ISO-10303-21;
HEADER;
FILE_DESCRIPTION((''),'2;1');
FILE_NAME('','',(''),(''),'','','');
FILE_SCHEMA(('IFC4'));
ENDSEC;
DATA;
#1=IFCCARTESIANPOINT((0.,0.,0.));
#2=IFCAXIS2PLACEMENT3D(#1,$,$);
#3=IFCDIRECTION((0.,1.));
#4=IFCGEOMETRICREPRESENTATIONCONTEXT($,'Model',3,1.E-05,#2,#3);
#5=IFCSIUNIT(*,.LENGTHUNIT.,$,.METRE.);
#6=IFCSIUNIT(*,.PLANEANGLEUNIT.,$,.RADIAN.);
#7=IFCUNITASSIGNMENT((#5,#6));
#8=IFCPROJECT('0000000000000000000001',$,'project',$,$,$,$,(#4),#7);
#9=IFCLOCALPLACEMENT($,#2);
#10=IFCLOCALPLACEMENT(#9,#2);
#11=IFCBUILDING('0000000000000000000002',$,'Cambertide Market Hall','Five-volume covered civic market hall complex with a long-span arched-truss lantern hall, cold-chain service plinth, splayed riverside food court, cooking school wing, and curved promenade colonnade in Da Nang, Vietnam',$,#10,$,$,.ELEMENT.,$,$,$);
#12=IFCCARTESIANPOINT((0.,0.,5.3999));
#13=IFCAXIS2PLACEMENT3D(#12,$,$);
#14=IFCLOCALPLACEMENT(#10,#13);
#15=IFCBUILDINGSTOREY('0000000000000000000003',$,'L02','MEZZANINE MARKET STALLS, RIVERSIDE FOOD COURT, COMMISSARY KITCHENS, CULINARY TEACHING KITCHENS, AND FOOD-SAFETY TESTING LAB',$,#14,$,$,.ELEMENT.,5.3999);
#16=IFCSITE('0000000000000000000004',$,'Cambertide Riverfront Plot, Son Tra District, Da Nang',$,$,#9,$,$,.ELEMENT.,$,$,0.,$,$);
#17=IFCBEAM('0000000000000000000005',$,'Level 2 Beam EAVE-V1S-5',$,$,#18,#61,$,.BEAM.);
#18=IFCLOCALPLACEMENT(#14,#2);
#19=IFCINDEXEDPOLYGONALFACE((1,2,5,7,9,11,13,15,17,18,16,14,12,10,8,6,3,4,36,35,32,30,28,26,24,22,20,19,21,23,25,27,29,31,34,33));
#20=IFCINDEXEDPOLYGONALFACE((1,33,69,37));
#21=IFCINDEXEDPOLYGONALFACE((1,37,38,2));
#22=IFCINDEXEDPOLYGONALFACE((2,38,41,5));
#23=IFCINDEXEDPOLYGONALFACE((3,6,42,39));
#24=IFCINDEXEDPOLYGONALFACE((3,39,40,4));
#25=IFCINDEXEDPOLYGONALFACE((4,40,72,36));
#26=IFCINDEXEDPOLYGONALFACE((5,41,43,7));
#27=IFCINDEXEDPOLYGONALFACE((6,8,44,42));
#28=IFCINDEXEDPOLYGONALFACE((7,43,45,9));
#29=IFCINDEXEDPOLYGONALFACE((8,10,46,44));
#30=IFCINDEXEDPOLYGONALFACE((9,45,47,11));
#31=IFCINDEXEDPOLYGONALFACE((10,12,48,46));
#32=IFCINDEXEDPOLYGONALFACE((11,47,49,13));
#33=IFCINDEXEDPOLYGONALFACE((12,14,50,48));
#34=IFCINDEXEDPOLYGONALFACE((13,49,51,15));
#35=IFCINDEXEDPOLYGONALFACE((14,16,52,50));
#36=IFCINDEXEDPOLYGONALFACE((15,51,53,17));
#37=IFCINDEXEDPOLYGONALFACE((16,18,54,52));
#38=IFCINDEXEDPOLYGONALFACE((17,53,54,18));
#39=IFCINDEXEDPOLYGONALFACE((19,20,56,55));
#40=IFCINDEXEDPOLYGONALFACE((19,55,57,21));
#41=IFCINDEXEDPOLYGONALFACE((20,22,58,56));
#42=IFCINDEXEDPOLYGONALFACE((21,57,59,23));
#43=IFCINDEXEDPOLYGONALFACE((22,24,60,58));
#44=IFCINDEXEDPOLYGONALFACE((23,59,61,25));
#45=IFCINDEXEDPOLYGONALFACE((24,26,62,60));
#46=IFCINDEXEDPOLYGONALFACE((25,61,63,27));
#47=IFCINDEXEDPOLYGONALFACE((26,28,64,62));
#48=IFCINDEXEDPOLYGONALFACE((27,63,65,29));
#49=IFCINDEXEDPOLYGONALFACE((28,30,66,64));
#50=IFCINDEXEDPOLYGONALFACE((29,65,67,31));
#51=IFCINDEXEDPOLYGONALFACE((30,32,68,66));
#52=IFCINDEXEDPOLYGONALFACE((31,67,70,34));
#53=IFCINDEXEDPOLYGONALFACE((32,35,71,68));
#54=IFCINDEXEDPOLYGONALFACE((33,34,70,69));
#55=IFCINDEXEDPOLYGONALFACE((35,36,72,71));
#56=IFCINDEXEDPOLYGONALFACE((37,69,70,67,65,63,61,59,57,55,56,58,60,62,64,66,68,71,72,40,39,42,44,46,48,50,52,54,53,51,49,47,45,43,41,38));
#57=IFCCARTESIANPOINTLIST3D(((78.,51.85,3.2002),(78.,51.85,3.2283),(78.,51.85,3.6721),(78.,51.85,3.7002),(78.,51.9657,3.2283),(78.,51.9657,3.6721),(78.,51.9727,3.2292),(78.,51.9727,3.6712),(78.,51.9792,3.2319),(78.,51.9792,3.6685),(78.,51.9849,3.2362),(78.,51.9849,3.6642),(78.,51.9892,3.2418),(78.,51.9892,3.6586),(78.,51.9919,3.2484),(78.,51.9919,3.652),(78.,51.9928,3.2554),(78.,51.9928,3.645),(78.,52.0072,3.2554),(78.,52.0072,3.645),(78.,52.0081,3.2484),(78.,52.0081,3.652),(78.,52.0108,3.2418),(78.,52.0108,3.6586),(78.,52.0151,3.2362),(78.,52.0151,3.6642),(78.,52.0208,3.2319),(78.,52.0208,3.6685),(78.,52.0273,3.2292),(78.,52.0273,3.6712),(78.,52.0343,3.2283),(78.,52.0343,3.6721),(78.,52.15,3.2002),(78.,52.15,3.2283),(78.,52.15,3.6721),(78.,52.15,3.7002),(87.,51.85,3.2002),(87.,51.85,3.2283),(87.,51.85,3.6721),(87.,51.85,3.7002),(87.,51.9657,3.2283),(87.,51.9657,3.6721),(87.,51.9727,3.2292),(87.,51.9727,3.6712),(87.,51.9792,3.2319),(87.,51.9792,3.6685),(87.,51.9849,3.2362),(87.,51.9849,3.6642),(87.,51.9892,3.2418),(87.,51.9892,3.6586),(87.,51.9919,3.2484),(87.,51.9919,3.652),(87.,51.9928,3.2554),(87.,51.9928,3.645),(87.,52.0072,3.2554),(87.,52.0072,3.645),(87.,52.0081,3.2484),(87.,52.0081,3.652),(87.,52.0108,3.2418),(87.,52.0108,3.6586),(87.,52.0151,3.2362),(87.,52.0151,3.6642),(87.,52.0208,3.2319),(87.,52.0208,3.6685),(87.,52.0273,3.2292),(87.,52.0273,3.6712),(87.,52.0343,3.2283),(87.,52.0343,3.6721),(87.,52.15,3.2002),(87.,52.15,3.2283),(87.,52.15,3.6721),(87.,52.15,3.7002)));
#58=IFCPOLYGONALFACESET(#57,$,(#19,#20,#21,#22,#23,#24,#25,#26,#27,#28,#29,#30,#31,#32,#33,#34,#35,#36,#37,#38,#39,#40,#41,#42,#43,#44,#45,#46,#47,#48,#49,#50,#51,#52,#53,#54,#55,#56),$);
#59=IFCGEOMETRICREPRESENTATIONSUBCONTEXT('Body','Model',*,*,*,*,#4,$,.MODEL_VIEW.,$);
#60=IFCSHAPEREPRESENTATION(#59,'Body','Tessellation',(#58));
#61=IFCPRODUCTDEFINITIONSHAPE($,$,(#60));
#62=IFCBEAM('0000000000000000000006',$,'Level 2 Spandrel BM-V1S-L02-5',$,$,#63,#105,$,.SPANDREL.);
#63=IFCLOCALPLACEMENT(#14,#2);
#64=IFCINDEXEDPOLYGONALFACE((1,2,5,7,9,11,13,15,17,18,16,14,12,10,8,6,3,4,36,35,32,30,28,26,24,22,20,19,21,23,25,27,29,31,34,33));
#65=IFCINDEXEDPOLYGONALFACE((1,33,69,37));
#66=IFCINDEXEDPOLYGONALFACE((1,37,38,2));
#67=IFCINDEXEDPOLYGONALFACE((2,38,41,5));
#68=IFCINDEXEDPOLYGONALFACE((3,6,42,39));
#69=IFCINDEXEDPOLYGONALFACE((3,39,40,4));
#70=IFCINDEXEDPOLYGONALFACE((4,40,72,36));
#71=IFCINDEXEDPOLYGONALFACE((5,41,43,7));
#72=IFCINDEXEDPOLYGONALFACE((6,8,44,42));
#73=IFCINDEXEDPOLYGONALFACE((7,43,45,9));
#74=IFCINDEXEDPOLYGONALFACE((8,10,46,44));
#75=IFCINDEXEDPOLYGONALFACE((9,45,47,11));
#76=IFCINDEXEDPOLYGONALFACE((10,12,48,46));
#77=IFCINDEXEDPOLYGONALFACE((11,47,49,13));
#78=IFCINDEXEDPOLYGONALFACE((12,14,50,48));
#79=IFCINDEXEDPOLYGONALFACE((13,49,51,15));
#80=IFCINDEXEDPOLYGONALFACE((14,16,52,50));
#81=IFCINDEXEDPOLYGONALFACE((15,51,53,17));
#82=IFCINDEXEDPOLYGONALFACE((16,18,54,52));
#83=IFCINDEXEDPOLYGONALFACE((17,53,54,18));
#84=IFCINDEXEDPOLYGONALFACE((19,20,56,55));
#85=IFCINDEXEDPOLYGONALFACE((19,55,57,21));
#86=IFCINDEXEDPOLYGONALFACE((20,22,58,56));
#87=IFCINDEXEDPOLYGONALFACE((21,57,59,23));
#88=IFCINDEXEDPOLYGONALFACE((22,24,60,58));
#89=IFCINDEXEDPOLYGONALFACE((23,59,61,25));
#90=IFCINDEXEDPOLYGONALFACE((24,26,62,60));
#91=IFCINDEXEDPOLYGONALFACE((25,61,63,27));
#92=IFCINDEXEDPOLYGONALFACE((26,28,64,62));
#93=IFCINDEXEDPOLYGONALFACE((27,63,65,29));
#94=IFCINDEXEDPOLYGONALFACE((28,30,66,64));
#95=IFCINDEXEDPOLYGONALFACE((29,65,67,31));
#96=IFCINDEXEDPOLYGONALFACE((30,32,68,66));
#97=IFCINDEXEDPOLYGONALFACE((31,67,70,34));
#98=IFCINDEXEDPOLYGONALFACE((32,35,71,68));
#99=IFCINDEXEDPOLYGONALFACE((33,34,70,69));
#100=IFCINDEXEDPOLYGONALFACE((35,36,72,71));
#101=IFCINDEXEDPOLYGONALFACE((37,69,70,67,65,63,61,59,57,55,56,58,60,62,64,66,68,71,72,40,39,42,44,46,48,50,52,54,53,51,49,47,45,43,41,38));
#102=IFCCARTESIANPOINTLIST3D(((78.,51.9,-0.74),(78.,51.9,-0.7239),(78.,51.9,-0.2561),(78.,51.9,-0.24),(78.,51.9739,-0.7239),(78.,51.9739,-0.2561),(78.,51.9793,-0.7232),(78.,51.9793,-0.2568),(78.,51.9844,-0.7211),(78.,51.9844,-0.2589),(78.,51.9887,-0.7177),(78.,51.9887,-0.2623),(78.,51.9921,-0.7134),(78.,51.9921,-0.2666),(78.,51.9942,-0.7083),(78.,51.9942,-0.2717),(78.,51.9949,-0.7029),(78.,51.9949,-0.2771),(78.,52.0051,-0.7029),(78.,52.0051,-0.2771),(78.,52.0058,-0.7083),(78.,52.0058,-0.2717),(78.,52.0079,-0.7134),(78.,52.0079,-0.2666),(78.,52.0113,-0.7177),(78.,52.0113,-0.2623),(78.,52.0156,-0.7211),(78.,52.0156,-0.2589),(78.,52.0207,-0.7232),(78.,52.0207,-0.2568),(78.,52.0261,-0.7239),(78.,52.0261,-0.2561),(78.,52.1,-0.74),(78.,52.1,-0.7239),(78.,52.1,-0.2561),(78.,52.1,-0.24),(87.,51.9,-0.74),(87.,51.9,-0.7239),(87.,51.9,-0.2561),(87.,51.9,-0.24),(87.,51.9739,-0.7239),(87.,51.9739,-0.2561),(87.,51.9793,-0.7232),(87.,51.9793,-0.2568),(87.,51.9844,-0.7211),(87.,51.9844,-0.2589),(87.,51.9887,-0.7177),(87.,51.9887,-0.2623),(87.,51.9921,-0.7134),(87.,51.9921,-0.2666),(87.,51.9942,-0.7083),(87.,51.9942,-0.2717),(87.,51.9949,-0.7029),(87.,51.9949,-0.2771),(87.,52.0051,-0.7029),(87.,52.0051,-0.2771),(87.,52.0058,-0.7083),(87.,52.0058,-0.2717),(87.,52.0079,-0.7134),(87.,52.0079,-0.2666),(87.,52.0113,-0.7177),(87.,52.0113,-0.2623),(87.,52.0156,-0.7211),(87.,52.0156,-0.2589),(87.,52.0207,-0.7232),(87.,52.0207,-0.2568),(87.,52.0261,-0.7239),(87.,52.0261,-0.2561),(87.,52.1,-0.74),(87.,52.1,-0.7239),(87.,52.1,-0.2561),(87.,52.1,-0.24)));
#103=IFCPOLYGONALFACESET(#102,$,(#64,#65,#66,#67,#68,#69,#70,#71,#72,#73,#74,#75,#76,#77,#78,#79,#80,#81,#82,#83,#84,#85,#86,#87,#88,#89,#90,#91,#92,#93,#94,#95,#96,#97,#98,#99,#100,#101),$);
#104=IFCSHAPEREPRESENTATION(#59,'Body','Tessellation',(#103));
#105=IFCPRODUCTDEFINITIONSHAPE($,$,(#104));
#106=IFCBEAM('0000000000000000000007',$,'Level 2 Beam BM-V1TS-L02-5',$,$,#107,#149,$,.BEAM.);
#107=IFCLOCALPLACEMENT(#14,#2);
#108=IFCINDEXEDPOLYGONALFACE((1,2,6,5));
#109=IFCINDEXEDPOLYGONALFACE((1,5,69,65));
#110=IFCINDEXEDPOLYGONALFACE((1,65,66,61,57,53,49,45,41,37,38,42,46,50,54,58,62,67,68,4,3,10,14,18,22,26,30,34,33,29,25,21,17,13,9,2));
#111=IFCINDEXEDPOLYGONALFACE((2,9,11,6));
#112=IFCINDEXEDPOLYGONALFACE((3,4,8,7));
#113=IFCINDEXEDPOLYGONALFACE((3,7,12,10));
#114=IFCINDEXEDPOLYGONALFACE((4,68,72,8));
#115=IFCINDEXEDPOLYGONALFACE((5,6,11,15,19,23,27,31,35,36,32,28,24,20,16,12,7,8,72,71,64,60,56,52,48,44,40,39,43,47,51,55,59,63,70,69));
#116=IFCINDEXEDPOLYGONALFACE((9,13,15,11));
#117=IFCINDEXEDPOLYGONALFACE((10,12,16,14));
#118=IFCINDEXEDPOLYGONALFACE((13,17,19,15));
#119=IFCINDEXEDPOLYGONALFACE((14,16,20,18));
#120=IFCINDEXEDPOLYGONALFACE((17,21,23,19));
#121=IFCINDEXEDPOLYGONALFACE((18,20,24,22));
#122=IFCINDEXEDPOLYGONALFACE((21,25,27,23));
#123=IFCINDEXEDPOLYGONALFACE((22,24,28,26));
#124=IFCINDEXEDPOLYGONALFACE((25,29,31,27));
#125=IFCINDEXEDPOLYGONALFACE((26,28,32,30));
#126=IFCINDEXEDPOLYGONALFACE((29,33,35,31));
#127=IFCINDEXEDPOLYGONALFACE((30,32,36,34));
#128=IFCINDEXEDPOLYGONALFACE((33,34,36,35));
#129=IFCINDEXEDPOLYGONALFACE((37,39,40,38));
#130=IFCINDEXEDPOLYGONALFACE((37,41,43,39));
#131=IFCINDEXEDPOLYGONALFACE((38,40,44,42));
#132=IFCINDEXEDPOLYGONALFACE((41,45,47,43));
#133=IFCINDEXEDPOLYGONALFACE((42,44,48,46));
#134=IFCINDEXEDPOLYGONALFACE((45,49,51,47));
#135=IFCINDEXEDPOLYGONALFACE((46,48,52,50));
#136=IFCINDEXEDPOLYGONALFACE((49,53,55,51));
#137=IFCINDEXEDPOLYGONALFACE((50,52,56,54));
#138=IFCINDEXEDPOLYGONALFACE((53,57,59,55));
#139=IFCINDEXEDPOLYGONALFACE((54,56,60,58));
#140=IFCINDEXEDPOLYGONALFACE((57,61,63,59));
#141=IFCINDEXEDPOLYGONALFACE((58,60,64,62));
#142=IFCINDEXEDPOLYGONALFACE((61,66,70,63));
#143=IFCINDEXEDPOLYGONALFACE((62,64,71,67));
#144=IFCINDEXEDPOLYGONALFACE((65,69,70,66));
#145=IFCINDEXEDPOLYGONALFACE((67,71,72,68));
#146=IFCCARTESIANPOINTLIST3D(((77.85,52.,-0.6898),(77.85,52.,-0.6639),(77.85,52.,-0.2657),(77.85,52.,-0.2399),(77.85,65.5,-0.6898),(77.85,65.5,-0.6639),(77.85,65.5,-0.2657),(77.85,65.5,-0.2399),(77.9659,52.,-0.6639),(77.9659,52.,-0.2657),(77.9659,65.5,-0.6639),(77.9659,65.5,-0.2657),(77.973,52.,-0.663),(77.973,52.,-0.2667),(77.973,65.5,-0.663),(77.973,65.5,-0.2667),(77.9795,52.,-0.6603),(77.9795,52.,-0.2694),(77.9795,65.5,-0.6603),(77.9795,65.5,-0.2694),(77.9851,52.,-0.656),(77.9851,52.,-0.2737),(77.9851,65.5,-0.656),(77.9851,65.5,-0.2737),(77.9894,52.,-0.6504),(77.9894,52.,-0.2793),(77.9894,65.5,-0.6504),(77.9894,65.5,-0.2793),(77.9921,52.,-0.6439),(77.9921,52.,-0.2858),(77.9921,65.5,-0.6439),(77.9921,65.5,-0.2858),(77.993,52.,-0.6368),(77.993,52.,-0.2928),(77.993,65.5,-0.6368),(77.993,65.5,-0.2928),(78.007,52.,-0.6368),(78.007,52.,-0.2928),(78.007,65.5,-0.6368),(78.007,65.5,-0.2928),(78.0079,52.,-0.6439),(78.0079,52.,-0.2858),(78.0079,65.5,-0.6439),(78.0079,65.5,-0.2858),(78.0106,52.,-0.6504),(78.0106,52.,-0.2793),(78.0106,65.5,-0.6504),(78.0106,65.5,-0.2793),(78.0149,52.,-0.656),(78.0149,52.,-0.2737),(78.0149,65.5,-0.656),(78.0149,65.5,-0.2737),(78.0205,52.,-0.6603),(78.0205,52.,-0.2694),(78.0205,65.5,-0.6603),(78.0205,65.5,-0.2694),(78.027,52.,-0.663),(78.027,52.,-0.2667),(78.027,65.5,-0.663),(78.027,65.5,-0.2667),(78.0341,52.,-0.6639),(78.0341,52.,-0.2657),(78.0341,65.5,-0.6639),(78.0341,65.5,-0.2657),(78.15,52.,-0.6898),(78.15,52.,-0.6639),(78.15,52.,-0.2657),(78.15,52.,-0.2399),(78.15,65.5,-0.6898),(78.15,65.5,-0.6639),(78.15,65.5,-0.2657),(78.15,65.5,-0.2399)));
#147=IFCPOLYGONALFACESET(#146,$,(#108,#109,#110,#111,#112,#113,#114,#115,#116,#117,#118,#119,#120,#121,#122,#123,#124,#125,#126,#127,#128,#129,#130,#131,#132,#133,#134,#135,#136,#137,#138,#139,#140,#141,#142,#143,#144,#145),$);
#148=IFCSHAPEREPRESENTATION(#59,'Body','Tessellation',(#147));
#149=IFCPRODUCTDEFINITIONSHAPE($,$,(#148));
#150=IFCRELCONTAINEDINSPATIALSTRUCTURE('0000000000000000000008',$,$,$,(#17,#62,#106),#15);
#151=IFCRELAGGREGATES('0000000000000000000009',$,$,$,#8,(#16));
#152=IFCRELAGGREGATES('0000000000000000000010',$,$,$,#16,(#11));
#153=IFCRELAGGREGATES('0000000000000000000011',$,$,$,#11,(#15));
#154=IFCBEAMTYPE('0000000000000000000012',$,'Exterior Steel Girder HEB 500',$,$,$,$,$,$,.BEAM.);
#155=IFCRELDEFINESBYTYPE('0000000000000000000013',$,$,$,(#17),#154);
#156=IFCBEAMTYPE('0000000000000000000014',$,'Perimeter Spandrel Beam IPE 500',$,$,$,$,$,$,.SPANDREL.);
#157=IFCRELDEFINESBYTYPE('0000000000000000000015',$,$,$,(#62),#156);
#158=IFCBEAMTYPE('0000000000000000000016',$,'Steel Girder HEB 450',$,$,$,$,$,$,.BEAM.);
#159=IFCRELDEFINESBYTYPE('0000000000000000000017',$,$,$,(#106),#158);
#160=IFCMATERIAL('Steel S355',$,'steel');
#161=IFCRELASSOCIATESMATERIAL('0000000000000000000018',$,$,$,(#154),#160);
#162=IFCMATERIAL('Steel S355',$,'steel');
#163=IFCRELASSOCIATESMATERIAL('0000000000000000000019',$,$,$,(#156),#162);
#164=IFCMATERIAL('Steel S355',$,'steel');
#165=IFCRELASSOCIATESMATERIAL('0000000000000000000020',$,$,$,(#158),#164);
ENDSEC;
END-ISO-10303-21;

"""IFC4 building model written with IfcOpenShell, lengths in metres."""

from ifc_helpers import new_model, si_unit, direction, frame, origin, origin_2d, place, context, subcontext, project, spatial, i_section, extrude, material, material_profile, profile_set, type_object, element, save


model = new_model("IFC4")

# Units and contexts
model_context = context("Model", 3, precision=1e-05, world=origin(), true_north=direction((0.0, 1.0)))
body_context = subcontext(model_context, "Body", "Model", "MODEL_VIEW")
ifc_project = project(units=[si_unit("LENGTHUNIT", "METRE"), si_unit("PLANEANGLEUNIT", "RADIAN")], contexts=[model_context])

# Site, building, storey
site_placement = place(None, origin())
site = spatial("IfcSite", under=ifc_project, at=site_placement, Name="Cambertide Riverfront Plot, Son Tra District, Da Nang", CompositionType="ELEMENT", RefElevation=0.0)
building_placement = place(site_placement, origin())
building = spatial("IfcBuilding", under=site, at=building_placement, Name="Cambertide Market Hall", Description="Five-volume covered civic market hall complex with a long-span arched-truss lantern hall, cold-chain service plinth, splayed riverside food court, cooking school wing, and curved promenade colonnade in Da Nang, Vietnam", CompositionType="ELEMENT")
storey_placement = place(building_placement, frame((0.0, 0.0, 5.3999)))
storey = spatial("IfcBuildingStorey", under=building, at=storey_placement, Name="L02", Description="MEZZANINE MARKET STALLS, RIVERSIDE FOOD COURT, COMMISSARY KITCHENS, CULINARY TEACHING KITCHENS, AND FOOD-SAFETY TESTING LAB", CompositionType="ELEMENT", Elevation=5.3999)

# Beams
ifc_material_1 = material(Name="Steel S355", Category="steel")
ifc_material_profile_1 = material_profile(ifc_material_1, i_section(OverallWidth=0.3, OverallDepth=0.5, WebThickness=0.0144, FlangeThickness=0.0281, FilletRadius=0.0271, at=origin_2d()), Name="HEB 500")
ifc_profile_set_1 = profile_set([ifc_material_profile_1], Name="Steel S355")
beam_type_1 = type_object("IfcBeamType", Name="Exterior Steel Girder HEB 500", PredefinedType="BEAM", material=ifc_profile_set_1)
beam_1_placement = place(storey_placement, frame((78.0, 52.0, 3.4502), z_axis=(1.0, 0.0, 0.0), x_axis=(0.0, 1.0, 0.0)))
element("IfcBeam", 1, at=beam_1_placement, inside=storey, type_object=beam_type_1, Name="Level 2 Beam EAVE-V1S-5", PredefinedType="BEAM", context=body_context, shape_type="SweptSolid", body=[
    extrude(i_section(OverallWidth=0.3, OverallDepth=0.5, WebThickness=0.0144, FlangeThickness=0.0281, FilletRadius=0.0271, at=origin_2d()), origin(), (0.0, 0.0, 1.0), 9.0),
])
ifc_material_2 = material(Name="Steel S355", Category="steel")
ifc_material_profile_2 = material_profile(ifc_material_2, i_section(OverallWidth=0.2, OverallDepth=0.5, WebThickness=0.0103, FlangeThickness=0.0161, FilletRadius=0.021, at=origin_2d()), Name="IPE 500")
ifc_profile_set_2 = profile_set([ifc_material_profile_2], Name="Steel S355")
beam_type_2 = type_object("IfcBeamType", Name="Perimeter Spandrel Beam IPE 500", PredefinedType="SPANDREL", material=ifc_profile_set_2)
beam_2_placement = place(storey_placement, frame((78.0, 52.0, -0.49), z_axis=(1.0, 0.0, 0.0), x_axis=(0.0, 1.0, 0.0)))
element("IfcBeam", 2, at=beam_2_placement, inside=storey, type_object=beam_type_2, Name="Level 2 Spandrel BM-V1S-L02-5", PredefinedType="SPANDREL", context=body_context, shape_type="SweptSolid", body=[
    extrude(i_section(OverallWidth=0.2, OverallDepth=0.5, WebThickness=0.0103, FlangeThickness=0.0161, FilletRadius=0.021, at=origin_2d()), origin(), (0.0, 0.0, 1.0), 9.0),
])
ifc_material_3 = material(Name="Steel S355", Category="steel")
ifc_material_profile_3 = material_profile(ifc_material_3, i_section(OverallWidth=0.3, OverallDepth=0.45, WebThickness=0.0139, FlangeThickness=0.0259, FilletRadius=0.0271, at=origin_2d()), Name="HEB 450")
ifc_profile_set_3 = profile_set([ifc_material_profile_3], Name="Steel S355")
beam_type_3 = type_object("IfcBeamType", Name="Steel Girder HEB 450", PredefinedType="BEAM", material=ifc_profile_set_3)
beam_3_placement = place(storey_placement, frame((78.0, 52.0, -0.4648), z_axis=(0.0, 1.0, 0.0), x_axis=(-1.0, 0.0, 0.0)))
element("IfcBeam", 3, at=beam_3_placement, inside=storey, type_object=beam_type_3, Name="Level 2 Beam BM-V1TS-L02-5", PredefinedType="BEAM", context=body_context, shape_type="SweptSolid", body=[
    extrude(i_section(OverallWidth=0.3, OverallDepth=0.45, WebThickness=0.0139, FlangeThickness=0.0259, FilletRadius=0.0271, at=origin_2d()), origin(), (0.0, 0.0, 1.0), 13.5),
])

save(model, "model.ifc")
